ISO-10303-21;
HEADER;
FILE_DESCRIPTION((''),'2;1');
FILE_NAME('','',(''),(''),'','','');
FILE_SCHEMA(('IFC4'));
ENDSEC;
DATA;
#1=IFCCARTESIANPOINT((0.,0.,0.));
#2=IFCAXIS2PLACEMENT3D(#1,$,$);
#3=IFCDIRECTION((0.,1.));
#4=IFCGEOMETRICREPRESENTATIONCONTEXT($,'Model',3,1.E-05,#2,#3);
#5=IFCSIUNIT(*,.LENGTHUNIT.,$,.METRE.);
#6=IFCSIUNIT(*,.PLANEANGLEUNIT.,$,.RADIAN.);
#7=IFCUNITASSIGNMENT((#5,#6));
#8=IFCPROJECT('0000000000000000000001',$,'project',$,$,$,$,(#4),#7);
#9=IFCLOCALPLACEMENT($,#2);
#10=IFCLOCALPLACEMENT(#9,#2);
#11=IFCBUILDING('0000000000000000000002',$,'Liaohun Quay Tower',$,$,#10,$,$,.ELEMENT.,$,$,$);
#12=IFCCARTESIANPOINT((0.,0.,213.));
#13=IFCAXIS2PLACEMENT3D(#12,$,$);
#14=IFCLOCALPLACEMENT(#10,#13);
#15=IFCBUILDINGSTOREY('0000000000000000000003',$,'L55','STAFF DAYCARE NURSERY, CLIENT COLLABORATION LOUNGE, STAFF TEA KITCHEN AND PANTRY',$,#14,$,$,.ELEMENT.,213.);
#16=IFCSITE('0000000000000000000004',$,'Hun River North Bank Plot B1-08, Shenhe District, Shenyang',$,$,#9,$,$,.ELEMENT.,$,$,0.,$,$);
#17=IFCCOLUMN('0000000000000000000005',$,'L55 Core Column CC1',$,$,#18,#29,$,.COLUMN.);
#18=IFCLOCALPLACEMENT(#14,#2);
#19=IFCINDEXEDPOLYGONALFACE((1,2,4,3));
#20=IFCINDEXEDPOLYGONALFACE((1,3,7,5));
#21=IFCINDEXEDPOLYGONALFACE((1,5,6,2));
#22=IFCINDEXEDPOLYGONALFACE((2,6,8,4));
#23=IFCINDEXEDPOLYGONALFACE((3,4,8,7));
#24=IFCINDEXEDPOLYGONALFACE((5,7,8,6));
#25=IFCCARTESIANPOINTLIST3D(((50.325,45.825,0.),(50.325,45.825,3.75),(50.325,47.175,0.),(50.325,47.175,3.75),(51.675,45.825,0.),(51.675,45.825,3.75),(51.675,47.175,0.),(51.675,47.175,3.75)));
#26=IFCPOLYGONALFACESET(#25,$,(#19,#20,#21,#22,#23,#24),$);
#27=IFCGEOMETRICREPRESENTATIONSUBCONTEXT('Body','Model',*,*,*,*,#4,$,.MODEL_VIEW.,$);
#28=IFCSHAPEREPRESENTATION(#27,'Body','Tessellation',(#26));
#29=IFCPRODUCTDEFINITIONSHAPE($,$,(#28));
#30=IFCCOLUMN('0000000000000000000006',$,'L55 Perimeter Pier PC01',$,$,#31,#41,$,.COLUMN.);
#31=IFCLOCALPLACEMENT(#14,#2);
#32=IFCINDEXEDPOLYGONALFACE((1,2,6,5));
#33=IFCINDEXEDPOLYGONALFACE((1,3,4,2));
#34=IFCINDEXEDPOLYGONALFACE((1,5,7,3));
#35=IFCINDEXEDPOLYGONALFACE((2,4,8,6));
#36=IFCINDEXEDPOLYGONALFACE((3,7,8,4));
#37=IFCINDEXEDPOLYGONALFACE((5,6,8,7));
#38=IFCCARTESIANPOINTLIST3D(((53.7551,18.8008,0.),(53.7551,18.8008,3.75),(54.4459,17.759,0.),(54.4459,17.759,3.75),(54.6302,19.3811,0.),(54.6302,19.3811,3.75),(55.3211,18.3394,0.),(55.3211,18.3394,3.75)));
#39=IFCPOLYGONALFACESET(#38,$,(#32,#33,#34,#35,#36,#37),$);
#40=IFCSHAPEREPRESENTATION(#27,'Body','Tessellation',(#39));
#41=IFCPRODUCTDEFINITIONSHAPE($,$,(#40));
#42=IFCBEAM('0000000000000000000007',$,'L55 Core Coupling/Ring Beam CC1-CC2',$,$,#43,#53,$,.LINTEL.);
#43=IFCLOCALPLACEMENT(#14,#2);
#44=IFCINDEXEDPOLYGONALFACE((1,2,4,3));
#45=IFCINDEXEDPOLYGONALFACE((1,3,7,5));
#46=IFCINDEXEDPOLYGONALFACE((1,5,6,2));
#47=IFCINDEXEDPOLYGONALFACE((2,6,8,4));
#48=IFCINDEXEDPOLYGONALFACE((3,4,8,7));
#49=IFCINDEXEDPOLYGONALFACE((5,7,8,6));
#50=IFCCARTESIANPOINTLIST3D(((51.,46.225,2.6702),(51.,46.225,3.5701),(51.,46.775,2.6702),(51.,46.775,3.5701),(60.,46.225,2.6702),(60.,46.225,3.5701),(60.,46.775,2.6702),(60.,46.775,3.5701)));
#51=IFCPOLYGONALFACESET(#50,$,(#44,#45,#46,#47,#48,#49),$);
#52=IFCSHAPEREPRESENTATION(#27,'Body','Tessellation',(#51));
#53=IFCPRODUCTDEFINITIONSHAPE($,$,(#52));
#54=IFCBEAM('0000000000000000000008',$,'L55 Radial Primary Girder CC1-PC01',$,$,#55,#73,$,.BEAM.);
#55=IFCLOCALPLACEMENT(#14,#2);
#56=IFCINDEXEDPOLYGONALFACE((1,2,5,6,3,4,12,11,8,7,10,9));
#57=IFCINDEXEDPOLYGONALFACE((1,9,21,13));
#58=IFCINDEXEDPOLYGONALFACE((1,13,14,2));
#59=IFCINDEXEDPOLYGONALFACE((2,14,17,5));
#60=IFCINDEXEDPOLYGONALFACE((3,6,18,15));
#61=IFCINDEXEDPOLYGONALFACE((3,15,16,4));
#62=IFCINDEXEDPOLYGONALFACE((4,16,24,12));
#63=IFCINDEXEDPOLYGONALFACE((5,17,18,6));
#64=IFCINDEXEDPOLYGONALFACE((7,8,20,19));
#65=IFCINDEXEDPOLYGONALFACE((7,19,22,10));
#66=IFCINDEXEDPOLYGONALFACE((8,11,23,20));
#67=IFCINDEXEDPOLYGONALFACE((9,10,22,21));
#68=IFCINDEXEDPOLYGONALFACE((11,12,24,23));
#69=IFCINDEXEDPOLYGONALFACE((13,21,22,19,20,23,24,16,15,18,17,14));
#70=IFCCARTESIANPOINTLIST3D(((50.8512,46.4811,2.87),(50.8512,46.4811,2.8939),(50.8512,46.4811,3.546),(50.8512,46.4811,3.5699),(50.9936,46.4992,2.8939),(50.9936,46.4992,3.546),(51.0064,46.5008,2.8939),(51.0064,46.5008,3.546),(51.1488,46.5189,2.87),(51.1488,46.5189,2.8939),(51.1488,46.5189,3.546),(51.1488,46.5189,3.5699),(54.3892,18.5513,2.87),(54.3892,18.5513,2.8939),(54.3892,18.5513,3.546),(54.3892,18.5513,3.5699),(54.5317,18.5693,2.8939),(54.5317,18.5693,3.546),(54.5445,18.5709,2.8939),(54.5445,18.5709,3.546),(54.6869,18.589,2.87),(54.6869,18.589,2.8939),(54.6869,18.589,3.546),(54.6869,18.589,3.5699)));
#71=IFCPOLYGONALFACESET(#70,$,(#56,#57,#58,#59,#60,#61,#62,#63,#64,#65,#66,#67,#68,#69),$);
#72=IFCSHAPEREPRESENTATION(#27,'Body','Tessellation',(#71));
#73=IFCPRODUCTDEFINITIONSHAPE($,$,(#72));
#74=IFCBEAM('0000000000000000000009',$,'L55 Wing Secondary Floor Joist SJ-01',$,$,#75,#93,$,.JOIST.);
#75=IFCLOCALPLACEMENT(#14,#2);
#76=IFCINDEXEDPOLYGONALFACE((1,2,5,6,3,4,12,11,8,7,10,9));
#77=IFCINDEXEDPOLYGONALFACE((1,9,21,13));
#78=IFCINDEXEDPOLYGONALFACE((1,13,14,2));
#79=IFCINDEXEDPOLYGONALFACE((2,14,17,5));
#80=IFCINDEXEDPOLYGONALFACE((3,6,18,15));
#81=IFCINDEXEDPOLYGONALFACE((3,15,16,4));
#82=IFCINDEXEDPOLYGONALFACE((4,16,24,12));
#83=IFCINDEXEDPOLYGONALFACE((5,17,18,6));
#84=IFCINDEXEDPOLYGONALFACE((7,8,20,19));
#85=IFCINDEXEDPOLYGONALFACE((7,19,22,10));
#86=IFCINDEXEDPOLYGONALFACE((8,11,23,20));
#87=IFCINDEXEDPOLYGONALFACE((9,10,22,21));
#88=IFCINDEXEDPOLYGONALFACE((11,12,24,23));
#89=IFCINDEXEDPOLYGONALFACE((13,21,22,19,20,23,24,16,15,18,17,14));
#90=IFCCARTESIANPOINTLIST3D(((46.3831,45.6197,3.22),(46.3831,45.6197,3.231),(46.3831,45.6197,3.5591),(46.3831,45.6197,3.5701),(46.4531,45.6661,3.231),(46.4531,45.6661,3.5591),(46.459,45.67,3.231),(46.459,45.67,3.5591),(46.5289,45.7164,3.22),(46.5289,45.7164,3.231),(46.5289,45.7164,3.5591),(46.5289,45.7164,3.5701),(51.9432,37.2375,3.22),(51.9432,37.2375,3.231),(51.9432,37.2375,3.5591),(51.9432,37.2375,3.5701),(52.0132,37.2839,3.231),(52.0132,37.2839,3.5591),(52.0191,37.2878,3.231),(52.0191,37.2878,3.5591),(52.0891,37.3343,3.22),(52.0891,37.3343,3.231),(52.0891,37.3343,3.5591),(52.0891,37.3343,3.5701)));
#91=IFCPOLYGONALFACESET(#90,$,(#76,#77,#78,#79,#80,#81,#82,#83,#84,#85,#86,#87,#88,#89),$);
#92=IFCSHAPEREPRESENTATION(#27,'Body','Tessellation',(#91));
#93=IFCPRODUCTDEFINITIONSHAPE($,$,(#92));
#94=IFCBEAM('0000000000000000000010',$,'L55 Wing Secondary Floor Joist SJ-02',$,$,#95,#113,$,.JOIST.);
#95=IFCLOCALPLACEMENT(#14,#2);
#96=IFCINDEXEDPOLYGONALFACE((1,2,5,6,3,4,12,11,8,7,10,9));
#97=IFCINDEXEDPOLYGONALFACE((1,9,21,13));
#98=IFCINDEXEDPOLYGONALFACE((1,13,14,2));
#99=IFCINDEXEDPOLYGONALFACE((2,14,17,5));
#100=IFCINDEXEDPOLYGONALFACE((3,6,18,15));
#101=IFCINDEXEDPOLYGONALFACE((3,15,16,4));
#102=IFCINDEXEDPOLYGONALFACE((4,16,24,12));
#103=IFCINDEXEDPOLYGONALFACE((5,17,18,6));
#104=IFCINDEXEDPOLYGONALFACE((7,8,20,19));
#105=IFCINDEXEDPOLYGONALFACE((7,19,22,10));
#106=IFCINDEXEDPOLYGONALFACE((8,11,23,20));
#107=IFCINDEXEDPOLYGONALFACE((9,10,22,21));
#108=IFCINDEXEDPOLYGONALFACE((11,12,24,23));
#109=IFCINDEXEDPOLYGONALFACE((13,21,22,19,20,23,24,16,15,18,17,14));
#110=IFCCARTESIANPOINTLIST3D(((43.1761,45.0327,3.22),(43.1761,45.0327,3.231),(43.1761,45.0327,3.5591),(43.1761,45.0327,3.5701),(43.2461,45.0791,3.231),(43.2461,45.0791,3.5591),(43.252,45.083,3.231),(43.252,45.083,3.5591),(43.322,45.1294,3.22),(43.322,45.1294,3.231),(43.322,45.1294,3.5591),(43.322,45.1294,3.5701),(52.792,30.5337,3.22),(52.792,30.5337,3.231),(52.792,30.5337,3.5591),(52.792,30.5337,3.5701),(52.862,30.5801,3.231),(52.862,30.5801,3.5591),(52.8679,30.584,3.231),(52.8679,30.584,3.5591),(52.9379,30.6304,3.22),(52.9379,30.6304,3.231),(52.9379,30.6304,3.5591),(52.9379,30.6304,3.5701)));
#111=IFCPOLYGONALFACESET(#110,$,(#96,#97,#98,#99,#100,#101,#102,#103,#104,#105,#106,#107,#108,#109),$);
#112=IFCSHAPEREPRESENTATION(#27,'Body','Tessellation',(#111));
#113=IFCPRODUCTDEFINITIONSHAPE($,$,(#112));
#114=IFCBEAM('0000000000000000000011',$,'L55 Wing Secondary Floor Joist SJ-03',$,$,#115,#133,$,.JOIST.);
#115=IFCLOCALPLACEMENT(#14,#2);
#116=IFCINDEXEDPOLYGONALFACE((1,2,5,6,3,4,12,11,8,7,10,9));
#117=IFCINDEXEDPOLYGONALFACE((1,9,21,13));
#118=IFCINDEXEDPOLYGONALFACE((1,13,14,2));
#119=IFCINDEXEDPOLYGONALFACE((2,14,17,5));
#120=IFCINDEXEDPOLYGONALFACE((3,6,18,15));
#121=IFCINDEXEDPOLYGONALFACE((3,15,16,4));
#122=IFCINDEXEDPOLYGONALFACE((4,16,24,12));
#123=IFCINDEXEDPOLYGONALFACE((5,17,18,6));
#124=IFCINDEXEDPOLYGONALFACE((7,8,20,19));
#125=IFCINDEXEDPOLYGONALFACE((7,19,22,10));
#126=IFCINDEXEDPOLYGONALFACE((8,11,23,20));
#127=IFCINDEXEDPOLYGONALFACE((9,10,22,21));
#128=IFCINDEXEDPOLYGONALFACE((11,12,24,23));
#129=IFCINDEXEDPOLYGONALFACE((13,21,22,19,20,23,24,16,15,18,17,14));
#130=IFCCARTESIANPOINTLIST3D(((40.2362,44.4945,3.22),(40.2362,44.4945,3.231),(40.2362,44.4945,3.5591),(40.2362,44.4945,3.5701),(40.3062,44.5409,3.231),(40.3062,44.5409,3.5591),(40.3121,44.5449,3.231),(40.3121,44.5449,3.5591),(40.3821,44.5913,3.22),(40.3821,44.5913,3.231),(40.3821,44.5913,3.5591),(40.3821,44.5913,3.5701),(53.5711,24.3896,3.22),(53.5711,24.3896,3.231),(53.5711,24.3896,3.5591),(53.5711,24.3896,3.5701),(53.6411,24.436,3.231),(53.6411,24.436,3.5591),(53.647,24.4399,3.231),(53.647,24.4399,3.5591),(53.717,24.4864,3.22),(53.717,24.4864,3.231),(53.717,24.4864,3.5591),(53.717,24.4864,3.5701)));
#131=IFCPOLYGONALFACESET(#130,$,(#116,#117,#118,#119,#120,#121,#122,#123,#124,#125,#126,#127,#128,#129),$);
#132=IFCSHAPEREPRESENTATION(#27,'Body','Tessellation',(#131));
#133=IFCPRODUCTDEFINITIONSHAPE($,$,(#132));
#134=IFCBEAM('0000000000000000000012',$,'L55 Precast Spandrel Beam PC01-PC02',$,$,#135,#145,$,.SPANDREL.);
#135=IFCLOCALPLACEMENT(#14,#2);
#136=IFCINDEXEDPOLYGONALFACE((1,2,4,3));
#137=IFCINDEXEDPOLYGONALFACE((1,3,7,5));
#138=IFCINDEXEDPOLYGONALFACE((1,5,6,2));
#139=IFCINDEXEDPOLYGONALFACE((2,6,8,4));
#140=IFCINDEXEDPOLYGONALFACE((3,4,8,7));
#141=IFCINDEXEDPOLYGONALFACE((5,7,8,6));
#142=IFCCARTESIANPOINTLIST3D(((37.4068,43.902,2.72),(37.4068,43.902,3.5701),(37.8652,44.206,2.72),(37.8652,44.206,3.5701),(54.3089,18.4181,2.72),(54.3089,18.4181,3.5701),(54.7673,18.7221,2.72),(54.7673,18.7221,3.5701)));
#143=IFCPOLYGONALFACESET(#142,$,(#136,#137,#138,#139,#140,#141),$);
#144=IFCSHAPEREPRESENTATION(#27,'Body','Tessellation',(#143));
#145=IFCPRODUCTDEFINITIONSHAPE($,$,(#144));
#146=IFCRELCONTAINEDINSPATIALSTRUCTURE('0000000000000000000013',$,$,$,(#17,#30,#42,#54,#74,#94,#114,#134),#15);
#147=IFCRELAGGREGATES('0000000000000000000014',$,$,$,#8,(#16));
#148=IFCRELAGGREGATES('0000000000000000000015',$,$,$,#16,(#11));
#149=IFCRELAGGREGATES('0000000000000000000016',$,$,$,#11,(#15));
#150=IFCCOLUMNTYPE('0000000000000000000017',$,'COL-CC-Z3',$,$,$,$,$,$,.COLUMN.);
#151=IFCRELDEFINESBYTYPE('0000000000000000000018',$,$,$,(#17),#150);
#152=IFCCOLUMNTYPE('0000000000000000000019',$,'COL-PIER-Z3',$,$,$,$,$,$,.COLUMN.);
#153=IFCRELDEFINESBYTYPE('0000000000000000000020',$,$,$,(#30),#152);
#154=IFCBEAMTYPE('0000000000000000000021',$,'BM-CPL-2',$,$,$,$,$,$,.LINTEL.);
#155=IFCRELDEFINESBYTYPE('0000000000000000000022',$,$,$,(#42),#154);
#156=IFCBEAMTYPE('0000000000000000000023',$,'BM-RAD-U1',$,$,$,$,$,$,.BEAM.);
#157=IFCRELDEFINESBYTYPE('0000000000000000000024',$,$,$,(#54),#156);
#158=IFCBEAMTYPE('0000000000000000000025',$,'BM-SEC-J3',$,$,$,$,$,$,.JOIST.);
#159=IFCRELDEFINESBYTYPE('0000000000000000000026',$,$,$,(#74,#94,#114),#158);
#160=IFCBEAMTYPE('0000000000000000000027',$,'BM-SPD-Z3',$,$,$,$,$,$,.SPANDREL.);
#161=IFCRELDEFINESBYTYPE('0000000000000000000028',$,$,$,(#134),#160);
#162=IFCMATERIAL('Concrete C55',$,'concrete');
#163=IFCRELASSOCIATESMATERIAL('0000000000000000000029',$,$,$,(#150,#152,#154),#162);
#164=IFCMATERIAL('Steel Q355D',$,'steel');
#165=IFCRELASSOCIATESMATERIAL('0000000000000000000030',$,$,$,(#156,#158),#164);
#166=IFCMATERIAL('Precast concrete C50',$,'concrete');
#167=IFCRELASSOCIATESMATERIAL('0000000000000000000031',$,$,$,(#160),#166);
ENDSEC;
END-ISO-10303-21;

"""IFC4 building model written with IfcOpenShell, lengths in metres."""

from ifc_helpers import new_model, si_unit, direction, frame, origin, origin_2d, place, context, subcontext, project, spatial, rectangle, i_section, extrude, source, transform, mapped, material, material_profile, profile_set, type_object, element, save


model = new_model("IFC4")

# Units and contexts
model_context = context("Model", 3, precision=1e-05, world=origin(), true_north=direction((0.0, 1.0)))
body_context = subcontext(model_context, "Body", "Model", "MODEL_VIEW")
ifc_project = project(units=[si_unit("LENGTHUNIT", "METRE"), si_unit("PLANEANGLEUNIT", "RADIAN")], contexts=[model_context])

# Site, building, storey
site_placement = place(None, origin())
site = spatial("IfcSite", under=ifc_project, at=site_placement, Name="Hun River North Bank Plot B1-08, Shenhe District, Shenyang", CompositionType="ELEMENT", RefElevation=0.0)
building_placement = place(site_placement, origin())
building = spatial("IfcBuilding", under=site, at=building_placement, Name="Liaohun Quay Tower", CompositionType="ELEMENT")
storey_placement = place(building_placement, frame((0.0, 0.0, 213.0)))
storey = spatial("IfcBuildingStorey", under=building, at=storey_placement, Name="L55", Description="STAFF DAYCARE NURSERY, CLIENT COLLABORATION LOUNGE, STAFF TEA KITCHEN AND PANTRY", CompositionType="ELEMENT", Elevation=213.0)

# Columns
ifc_material_1 = material(Name="Concrete C55", Category="concrete")
ifc_material_profile_1 = material_profile(ifc_material_1, rectangle(XDim=1.3501, YDim=1.3501, at=origin_2d()), Name="RC1350x1350")
ifc_profile_set_1 = profile_set([ifc_material_profile_1], Name="Concrete C55")
column_type_1 = type_object("IfcColumnType", Name="COL-CC-Z3", PredefinedType="COLUMN", material=ifc_profile_set_1)
shared_shape_1 = source(origin(), body_context, "Body", "SweptSolid", [
    extrude(rectangle(XDim=1.3501, YDim=1.3501, at=origin_2d()), origin(), (0.0, 0.0, 1.0), 3.75),
])
column_1_placement = place(storey_placement, frame((51.0, 46.5, 0.0), z_axis=(0.0, 0.0, 1.0), x_axis=(1.0, 0.0, 0.0)))
element("IfcColumn", 1, at=column_1_placement, inside=storey, type_object=column_type_1, Name="L55 Core Column CC1", PredefinedType="COLUMN", context=body_context, shape_type="MappedRepresentation", body=[
    mapped(shared_shape_1, transform((0.0, 0.0, 0.0), x_axis=(1.0, 0.0, 0.0), y_axis=(0.0, 1.0, 0.0), z_axis=(0.0, 0.0, 1.0), scale=1.0)),
])
ifc_material_profile_2 = material_profile(ifc_material_1, rectangle(XDim=1.25, YDim=1.05, at=origin_2d()), Name="RC1250x1050")
ifc_profile_set_2 = profile_set([ifc_material_profile_2], Name="Concrete C55")
column_type_2 = type_object("IfcColumnType", Name="COL-PIER-Z3", PredefinedType="COLUMN", material=ifc_profile_set_2)
shared_shape_2 = source(origin(), body_context, "Body", "SweptSolid", [
    extrude(rectangle(XDim=1.25, YDim=1.05, at=origin_2d()), origin(), (0.0, 0.0, 1.0), 3.75),
])
column_2_placement = place(storey_placement, frame((54.5381, 18.5701, 0.0), z_axis=(0.0, 0.0, 1.0), x_axis=(-0.552664, 0.833404, 0.0)))
element("IfcColumn", 2, at=column_2_placement, inside=storey, type_object=column_type_2, Name="L55 Perimeter Pier PC01", PredefinedType="COLUMN", context=body_context, shape_type="MappedRepresentation", body=[
    mapped(shared_shape_2, transform((0.0, 0.0, 0.0), x_axis=(1.0, 0.0, 0.0), y_axis=(0.0, 1.0, 0.0), z_axis=(0.0, 0.0, 1.0), scale=1.0)),
])

# Beams
ifc_material_profile_3 = material_profile(ifc_material_1, rectangle(XDim=0.55, YDim=0.8999, at=origin_2d()), Name="RC550x900")
ifc_profile_set_3 = profile_set([ifc_material_profile_3], Name="Concrete C55")
beam_type_1 = type_object("IfcBeamType", Name="BM-CPL-2", PredefinedType="LINTEL", material=ifc_profile_set_3)
shared_shape_3 = source(origin(), body_context, "Body", "SweptSolid", [
    extrude(rectangle(XDim=0.55, YDim=0.8999, at=origin_2d()), origin(), (0.0, 0.0, 1.0), 9.0),
])
beam_1_placement = place(storey_placement, frame((51.0, 46.5, 3.1201), z_axis=(1.0, 0.0, 0.0), x_axis=(0.0, 1.0, 0.0)))
element("IfcBeam", 3, at=beam_1_placement, inside=storey, type_object=beam_type_1, Name="L55 Core Coupling/Ring Beam CC1-CC2", PredefinedType="LINTEL", context=body_context, shape_type="MappedRepresentation", body=[
    mapped(shared_shape_3, transform((0.0, 0.0, 0.0), x_axis=(1.0, 0.0, 0.0), y_axis=(0.0, 1.0, 0.0), z_axis=(0.0, 0.0, 1.0), scale=1.0)),
])
ifc_material_2 = material(Name="Steel Q355D", Category="steel")
ifc_material_profile_4 = material_profile(ifc_material_2, i_section(OverallWidth=0.3, OverallDepth=0.7, WebThickness=0.0129, FlangeThickness=0.0239, at=origin_2d()), Name="HN700x300x13x24")
ifc_profile_set_4 = profile_set([ifc_material_profile_4], Name="Steel Q355D")
beam_type_2 = type_object("IfcBeamType", Name="BM-RAD-U1", PredefinedType="BEAM", material=ifc_profile_set_4)
shared_shape_4 = source(origin(), body_context, "Body", "SweptSolid", [
    extrude(i_section(OverallWidth=0.3, OverallDepth=0.7, WebThickness=0.0129, FlangeThickness=0.0239, at=origin_2d()), origin(), (0.0, 0.0, 1.0), 28.1531),
])
beam_2_placement = place(storey_placement, frame((51.0, 46.5, 3.22), z_axis=(0.125673, -0.992072, 0.0), x_axis=(0.992072, 0.125673, 0.0)))
element("IfcBeam", 4, at=beam_2_placement, inside=storey, type_object=beam_type_2, Name="L55 Radial Primary Girder CC1-PC01", PredefinedType="BEAM", context=body_context, shape_type="MappedRepresentation", body=[
    mapped(shared_shape_4, transform((0.0, 0.0, 0.0), x_axis=(1.0, 0.0, 0.0), y_axis=(0.0, 1.0, 0.0), z_axis=(0.0, 0.0, 1.0), scale=1.0)),
])
ifc_material_profile_5 = material_profile(ifc_material_2, i_section(OverallWidth=0.175, OverallDepth=0.3501, WebThickness=0.0071, FlangeThickness=0.011, at=origin_2d()), Name="HN350x175x7x11")
ifc_profile_set_5 = profile_set([ifc_material_profile_5], Name="Steel Q355D")
beam_type_3 = type_object("IfcBeamType", Name="BM-SEC-J3", PredefinedType="JOIST", material=ifc_profile_set_5)
shared_shape_5 = source(origin(), body_context, "Body", "SweptSolid", [
    extrude(i_section(OverallWidth=0.175, OverallDepth=0.3501, WebThickness=0.0071, FlangeThickness=0.011, at=origin_2d()), origin(), (0.0, 0.0, 1.0), 10.0586),
])
beam_3_placement = place(storey_placement, frame((52.0161, 37.2859, 3.395), z_axis=(-0.552772, 0.833333, 0.0), x_axis=(-0.833333, -0.552772, 0.0)))
element("IfcBeam", 5, at=beam_3_placement, inside=storey, type_object=beam_type_3, Name="L55 Wing Secondary Floor Joist SJ-01", PredefinedType="JOIST", context=body_context, shape_type="MappedRepresentation", body=[
    mapped(shared_shape_5, transform((0.0, 0.0, 0.0), x_axis=(1.0, 0.0, 0.0), y_axis=(0.0, 1.0, 0.0), z_axis=(0.0, 0.0, 1.0), scale=1.0)),
])
shared_shape_6 = source(origin(), body_context, "Body", "SweptSolid", [
    extrude(i_section(OverallWidth=0.175, OverallDepth=0.3501, WebThickness=0.0071, FlangeThickness=0.011, at=origin_2d()), origin(), (0.0, 0.0, 1.0), 17.3979),
])
beam_4_placement = place(storey_placement, frame((52.865, 30.582, 3.395), z_axis=(-0.552707, 0.833376, 0.0), x_axis=(-0.833376, -0.552707, 0.0)))
element("IfcBeam", 6, at=beam_4_placement, inside=storey, type_object=beam_type_3, Name="L55 Wing Secondary Floor Joist SJ-02", PredefinedType="JOIST", context=body_context, shape_type="MappedRepresentation", body=[
    mapped(shared_shape_6, transform((0.0, 0.0, 0.0), x_axis=(1.0, 0.0, 0.0), y_axis=(0.0, 1.0, 0.0), z_axis=(0.0, 0.0, 1.0), scale=1.0)),
])
shared_shape_7 = source(origin(), body_context, "Body", "SweptSolid", [
    extrude(i_section(OverallWidth=0.175, OverallDepth=0.3501, WebThickness=0.0071, FlangeThickness=0.011, at=origin_2d()), origin(), (0.0, 0.0, 1.0), 24.1252),
])
beam_5_placement = place(storey_placement, frame((53.644, 24.438, 3.395), z_axis=(-0.552737, 0.833356, 0.0), x_axis=(-0.833356, -0.552737, 0.0)))
element("IfcBeam", 7, at=beam_5_placement, inside=storey, type_object=beam_type_3, Name="L55 Wing Secondary Floor Joist SJ-03", PredefinedType="JOIST", context=body_context, shape_type="MappedRepresentation", body=[
    mapped(shared_shape_7, transform((0.0, 0.0, 0.0), x_axis=(1.0, 0.0, 0.0), y_axis=(0.0, 1.0, 0.0), z_axis=(0.0, 0.0, 1.0), scale=1.0)),
])
ifc_material_3 = material(Name="Precast concrete C50", Category="concrete")
ifc_material_profile_6 = material_profile(ifc_material_3, rectangle(XDim=0.55, YDim=0.8501, at=origin_2d()), Name="RC550x850")
ifc_profile_set_6 = profile_set([ifc_material_profile_6], Name="Precast concrete C50")
beam_type_4 = type_object("IfcBeamType", Name="BM-SPD-Z3", PredefinedType="SPANDREL", material=ifc_profile_set_6)
shared_shape_8 = source(origin(), body_context, "Body", "SweptSolid", [
    extrude(rectangle(XDim=0.55, YDim=0.8501, at=origin_2d()), origin(), (0.0, 0.0, 1.0), 30.5796),
])
beam_6_placement = place(storey_placement, frame((54.5381, 18.5701, 3.145), z_axis=(-0.552725, 0.833363, 0.0), x_axis=(-0.833363, -0.552725, 0.0)))
element("IfcBeam", 8, at=beam_6_placement, inside=storey, type_object=beam_type_4, Name="L55 Precast Spandrel Beam PC01-PC02", PredefinedType="SPANDREL", context=body_context, shape_type="MappedRepresentation", body=[
    mapped(shared_shape_8, transform((0.0, 0.0, 0.0), x_axis=(1.0, 0.0, 0.0), y_axis=(0.0, 1.0, 0.0), z_axis=(0.0, 0.0, 1.0), scale=1.0)),
])

save(model, "model.ifc")
